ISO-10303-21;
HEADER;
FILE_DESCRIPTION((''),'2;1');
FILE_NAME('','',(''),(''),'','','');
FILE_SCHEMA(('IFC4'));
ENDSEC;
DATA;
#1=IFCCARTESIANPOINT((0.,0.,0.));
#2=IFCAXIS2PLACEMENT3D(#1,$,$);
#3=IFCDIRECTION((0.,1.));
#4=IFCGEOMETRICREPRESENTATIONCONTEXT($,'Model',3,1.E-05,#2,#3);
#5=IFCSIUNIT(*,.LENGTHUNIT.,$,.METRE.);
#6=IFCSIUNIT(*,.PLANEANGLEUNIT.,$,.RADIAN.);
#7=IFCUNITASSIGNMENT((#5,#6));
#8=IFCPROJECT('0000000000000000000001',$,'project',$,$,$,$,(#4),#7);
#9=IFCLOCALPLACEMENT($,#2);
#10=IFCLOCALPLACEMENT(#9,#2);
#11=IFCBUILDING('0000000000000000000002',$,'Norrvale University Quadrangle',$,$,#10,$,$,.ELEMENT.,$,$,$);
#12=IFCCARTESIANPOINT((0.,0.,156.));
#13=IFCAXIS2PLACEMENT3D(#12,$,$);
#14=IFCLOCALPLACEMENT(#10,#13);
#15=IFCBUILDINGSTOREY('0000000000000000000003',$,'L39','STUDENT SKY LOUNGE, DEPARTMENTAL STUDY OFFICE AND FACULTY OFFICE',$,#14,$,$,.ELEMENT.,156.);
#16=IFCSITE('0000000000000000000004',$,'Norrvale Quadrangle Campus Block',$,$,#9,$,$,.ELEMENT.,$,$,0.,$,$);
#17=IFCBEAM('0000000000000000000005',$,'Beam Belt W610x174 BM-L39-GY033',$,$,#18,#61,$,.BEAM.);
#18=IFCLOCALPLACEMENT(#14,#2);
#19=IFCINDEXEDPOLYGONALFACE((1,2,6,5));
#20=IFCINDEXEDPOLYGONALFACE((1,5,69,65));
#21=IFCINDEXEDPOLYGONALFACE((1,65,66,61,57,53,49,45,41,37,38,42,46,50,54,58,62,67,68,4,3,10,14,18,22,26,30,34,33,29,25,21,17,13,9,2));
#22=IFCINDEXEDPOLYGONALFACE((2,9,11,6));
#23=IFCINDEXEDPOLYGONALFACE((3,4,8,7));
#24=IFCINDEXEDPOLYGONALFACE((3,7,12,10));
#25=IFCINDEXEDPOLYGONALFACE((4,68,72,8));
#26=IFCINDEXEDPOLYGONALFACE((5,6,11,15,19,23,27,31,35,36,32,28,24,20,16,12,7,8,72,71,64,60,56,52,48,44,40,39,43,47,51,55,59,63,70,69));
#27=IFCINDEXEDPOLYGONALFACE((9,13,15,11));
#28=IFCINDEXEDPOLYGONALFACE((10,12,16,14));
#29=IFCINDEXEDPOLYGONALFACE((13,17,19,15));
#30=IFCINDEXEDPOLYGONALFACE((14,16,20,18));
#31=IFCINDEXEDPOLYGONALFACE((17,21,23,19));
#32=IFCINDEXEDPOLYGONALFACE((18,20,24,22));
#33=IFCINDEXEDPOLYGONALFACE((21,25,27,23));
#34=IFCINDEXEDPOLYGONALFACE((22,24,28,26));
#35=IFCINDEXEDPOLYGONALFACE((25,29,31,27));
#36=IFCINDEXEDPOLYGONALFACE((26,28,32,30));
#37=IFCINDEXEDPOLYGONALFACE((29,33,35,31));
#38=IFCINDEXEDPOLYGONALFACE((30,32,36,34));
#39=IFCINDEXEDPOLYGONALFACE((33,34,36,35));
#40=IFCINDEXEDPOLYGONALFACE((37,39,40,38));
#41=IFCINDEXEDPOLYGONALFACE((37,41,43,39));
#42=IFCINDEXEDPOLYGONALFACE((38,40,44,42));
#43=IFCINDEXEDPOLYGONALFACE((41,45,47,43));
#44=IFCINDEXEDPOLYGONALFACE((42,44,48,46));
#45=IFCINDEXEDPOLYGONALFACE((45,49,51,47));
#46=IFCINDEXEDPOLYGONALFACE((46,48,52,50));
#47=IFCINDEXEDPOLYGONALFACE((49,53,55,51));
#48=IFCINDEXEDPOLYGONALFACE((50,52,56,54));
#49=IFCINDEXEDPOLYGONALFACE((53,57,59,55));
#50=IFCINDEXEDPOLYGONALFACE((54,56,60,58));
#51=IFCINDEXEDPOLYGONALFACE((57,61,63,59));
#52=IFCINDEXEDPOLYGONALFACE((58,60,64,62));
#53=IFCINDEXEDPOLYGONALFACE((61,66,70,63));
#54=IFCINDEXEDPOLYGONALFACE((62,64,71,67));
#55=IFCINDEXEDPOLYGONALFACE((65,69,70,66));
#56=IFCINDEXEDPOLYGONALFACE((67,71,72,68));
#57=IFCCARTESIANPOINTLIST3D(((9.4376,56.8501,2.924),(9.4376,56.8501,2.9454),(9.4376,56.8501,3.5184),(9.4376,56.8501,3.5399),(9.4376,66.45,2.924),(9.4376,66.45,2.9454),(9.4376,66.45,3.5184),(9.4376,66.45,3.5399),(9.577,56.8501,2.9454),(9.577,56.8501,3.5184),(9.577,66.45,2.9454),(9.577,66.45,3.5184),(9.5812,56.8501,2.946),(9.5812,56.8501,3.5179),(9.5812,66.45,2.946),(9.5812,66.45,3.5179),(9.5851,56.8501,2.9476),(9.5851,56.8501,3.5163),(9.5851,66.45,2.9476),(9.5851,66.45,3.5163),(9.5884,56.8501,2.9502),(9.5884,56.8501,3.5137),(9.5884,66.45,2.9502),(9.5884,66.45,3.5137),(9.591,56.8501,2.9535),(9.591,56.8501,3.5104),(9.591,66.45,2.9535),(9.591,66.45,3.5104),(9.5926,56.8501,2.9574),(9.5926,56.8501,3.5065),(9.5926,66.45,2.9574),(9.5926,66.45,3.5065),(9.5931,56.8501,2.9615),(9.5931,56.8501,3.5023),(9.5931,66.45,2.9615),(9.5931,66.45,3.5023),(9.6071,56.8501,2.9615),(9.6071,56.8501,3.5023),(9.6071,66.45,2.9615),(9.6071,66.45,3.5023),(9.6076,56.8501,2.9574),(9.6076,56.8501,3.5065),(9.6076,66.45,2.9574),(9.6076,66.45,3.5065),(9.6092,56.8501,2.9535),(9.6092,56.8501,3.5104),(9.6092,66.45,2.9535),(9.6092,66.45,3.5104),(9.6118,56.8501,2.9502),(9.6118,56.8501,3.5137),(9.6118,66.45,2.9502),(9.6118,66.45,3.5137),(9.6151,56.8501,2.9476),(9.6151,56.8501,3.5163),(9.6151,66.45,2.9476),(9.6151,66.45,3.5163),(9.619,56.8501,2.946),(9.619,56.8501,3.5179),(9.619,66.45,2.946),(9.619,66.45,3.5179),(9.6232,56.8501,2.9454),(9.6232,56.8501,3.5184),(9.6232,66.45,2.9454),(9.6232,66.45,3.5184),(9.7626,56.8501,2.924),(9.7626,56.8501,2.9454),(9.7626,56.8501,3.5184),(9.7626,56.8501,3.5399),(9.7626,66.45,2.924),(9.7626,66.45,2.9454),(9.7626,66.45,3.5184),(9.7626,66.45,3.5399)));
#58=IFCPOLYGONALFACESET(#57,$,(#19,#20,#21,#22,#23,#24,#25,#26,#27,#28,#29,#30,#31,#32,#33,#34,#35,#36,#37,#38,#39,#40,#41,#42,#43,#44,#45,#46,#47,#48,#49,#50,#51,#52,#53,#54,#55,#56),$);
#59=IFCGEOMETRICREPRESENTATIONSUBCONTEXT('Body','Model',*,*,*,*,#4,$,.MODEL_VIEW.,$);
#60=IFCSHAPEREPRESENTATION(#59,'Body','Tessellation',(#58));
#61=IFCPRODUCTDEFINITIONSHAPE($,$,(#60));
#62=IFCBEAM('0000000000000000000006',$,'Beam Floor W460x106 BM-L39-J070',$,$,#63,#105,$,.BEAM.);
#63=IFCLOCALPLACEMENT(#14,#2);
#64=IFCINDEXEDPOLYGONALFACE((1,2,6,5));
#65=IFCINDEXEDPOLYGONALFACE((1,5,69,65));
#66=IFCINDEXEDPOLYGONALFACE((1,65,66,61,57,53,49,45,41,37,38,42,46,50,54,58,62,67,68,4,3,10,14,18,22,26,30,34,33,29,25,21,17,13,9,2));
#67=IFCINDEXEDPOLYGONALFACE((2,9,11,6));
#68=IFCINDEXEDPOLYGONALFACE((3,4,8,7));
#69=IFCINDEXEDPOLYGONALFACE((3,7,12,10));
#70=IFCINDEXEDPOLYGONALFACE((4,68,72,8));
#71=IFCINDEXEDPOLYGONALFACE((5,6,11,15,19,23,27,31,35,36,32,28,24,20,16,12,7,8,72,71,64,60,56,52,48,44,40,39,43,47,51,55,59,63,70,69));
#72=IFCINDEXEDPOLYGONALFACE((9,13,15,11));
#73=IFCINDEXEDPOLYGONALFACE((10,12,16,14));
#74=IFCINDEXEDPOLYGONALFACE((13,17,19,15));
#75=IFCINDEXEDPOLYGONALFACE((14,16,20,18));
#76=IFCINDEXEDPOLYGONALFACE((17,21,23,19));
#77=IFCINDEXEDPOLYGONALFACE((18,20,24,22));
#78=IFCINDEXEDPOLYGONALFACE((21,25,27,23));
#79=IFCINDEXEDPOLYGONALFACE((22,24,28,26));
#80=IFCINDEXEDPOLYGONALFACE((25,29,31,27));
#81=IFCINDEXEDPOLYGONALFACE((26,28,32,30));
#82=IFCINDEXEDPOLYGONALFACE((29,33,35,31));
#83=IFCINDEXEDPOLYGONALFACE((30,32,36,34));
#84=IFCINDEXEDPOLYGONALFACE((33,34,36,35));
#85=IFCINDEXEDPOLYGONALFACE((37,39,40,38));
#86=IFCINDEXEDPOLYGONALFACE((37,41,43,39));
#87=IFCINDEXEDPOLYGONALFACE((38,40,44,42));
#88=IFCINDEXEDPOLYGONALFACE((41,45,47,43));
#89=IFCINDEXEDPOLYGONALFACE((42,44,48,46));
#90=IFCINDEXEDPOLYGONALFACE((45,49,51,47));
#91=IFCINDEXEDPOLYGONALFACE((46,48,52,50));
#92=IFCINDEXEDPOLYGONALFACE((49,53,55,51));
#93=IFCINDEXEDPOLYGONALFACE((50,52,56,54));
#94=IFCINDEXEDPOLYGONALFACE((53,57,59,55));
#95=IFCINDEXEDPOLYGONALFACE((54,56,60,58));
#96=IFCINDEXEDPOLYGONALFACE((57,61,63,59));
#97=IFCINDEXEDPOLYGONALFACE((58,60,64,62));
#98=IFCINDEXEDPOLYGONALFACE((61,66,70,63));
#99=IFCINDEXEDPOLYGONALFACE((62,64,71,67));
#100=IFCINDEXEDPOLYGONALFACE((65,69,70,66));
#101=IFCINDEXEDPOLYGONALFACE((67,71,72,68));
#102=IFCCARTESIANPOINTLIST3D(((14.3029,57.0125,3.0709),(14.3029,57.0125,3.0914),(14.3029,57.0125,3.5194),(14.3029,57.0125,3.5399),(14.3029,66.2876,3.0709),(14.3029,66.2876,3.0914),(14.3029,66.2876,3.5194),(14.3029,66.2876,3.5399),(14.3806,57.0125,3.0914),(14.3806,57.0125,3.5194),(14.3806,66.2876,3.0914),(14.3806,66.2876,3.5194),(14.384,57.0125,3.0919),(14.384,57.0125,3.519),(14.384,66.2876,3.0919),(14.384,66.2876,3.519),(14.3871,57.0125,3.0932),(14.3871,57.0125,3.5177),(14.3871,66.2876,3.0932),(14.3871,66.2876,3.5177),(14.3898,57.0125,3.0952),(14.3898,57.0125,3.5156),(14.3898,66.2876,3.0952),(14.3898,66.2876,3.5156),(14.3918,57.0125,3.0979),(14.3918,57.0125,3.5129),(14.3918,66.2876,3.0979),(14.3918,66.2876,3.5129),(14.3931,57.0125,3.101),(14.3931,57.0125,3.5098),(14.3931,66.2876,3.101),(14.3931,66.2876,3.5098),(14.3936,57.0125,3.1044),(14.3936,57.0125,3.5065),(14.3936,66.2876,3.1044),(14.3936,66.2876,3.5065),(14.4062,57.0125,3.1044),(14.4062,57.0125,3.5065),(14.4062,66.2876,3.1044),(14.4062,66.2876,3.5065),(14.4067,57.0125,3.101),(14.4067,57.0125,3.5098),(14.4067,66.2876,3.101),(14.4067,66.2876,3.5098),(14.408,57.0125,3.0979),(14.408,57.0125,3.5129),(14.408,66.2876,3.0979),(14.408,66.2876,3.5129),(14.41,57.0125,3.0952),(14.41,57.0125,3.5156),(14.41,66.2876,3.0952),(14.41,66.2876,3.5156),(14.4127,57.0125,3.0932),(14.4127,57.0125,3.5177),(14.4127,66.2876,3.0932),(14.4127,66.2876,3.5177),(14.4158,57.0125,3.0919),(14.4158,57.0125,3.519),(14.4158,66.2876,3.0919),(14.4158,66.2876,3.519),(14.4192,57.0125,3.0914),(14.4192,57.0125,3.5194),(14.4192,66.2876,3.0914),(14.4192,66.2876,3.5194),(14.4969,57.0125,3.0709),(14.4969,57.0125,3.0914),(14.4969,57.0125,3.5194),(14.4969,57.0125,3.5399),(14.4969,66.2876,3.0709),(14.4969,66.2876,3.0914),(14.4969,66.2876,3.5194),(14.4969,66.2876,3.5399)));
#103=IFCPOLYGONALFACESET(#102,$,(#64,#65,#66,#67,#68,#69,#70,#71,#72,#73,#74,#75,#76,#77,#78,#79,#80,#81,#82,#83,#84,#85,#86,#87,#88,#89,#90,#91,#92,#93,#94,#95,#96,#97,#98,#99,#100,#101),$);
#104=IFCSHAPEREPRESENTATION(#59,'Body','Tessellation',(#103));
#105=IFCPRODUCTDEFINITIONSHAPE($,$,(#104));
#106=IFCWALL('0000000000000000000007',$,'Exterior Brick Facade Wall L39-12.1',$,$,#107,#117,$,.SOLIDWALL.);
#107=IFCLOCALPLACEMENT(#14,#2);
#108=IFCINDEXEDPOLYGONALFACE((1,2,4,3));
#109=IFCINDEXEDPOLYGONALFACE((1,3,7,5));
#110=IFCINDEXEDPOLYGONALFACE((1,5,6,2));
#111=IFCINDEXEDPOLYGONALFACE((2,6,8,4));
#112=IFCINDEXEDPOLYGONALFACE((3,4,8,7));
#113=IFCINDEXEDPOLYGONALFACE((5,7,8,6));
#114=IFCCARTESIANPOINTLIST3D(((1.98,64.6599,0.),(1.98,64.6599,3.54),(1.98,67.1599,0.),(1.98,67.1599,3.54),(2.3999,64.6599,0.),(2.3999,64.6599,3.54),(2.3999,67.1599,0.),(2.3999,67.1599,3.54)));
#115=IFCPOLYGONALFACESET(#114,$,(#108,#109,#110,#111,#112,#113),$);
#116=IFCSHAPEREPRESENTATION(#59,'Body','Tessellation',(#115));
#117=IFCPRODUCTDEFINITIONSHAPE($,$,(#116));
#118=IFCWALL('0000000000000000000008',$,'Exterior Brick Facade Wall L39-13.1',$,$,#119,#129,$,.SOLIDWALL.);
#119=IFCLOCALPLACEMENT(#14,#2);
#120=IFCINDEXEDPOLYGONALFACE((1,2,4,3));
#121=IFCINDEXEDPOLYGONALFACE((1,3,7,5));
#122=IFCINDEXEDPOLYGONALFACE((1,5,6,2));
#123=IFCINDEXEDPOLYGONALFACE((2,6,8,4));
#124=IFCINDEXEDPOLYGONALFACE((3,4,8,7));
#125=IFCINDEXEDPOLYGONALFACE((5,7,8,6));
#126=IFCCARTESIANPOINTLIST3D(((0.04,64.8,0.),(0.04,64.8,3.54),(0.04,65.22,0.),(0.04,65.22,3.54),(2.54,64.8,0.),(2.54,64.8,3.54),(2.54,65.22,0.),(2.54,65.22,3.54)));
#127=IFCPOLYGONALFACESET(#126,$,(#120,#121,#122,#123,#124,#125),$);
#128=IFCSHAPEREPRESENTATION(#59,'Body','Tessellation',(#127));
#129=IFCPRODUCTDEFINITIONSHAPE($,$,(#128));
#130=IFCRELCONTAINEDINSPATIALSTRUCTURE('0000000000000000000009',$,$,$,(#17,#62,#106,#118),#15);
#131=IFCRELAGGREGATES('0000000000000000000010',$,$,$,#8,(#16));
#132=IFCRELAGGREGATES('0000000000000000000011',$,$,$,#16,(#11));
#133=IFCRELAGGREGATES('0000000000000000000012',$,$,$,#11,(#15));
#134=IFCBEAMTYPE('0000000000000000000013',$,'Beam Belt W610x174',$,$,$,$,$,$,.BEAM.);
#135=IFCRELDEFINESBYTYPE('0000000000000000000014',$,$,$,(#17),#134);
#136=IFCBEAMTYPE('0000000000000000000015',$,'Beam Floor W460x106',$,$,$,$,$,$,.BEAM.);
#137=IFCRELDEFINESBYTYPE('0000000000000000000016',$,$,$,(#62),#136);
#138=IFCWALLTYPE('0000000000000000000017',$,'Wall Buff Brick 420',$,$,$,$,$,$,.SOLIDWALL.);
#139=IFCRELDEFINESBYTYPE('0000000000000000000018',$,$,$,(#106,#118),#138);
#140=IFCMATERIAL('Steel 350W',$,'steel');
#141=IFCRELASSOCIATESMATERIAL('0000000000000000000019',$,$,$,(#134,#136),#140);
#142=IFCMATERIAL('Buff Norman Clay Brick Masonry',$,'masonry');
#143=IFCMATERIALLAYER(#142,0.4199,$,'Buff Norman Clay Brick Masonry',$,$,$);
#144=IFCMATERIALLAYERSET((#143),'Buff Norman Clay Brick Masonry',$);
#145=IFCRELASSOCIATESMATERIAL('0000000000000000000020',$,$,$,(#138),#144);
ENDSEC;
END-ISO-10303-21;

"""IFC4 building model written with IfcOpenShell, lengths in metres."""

from ifc_helpers import new_model, si_unit, direction, frame, frame_2d, origin, origin_2d, place, context, subcontext, project, spatial, rectangle, i_section, extrude, material, layer, layer_set, material_profile, profile_set, type_object, element, save


model = new_model("IFC4")

# Units and contexts
model_context = context("Model", 3, precision=1e-05, world=origin(), true_north=direction((0.0, 1.0)))
body_context = subcontext(model_context, "Body", "Model", "MODEL_VIEW")
ifc_project = project(units=[si_unit("LENGTHUNIT", "METRE"), si_unit("PLANEANGLEUNIT", "RADIAN")], contexts=[model_context])

# Site, building, storey
site_placement = place(None, origin())
site = spatial("IfcSite", under=ifc_project, at=site_placement, Name="Norrvale Quadrangle Campus Block", CompositionType="ELEMENT", RefElevation=0.0)
building_placement = place(site_placement, origin())
building = spatial("IfcBuilding", under=site, at=building_placement, Name="Norrvale University Quadrangle", CompositionType="ELEMENT")
storey_placement = place(building_placement, frame((0.0, 0.0, 156.0)))
storey = spatial("IfcBuildingStorey", under=building, at=storey_placement, Name="L39", Description="STUDENT SKY LOUNGE, DEPARTMENTAL STUDY OFFICE AND FACULTY OFFICE", CompositionType="ELEMENT", Elevation=156.0)

# Beams
ifc_material_1 = material(Name="Steel 350W", Category="steel")
ifc_material_profile_1 = material_profile(ifc_material_1, i_section(OverallWidth=0.325, OverallDepth=0.616, WebThickness=0.0139, FlangeThickness=0.0215, FilletRadius=0.0161, at=origin_2d()), Name="Steel 350W")
ifc_profile_set_1 = profile_set([ifc_material_profile_1], Name="Steel 350W")
beam_type_1 = type_object("IfcBeamType", Name="Beam Belt W610x174", PredefinedType="BEAM", material=ifc_profile_set_1)
for number, where, z_axis, x_axis, name in (
    (1, (9.6001, 56.8501, 3.2319), (0.0, 1.0, 0.0), (-1.0, 0.0, 0.0), "Beam Belt W610x174 BM-L39-GY033"),
):
    element("IfcBeam", number, at=place(storey_placement, frame(where, z_axis=z_axis, x_axis=x_axis)), inside=storey, type_object=beam_type_1, Name=name, PredefinedType="BEAM", context=body_context, shape_type="SweptSolid", body=[
        extrude(i_section(OverallWidth=0.325, OverallDepth=0.616, WebThickness=0.0139, FlangeThickness=0.0215, FilletRadius=0.0161, at=origin_2d()), origin(), (0.0, 0.0, 1.0), 9.5999),
    ])
ifc_material_profile_2 = material_profile(ifc_material_1, i_section(OverallWidth=0.1941, OverallDepth=0.469, WebThickness=0.0127, FlangeThickness=0.0205, FilletRadius=0.0129, at=origin_2d()), Name="Steel 350W")
ifc_profile_set_2 = profile_set([ifc_material_profile_2], Name="Steel 350W")
beam_type_2 = type_object("IfcBeamType", Name="Beam Floor W460x106", PredefinedType="BEAM", material=ifc_profile_set_2)
beam_1_placement = place(storey_placement, frame((14.3999, 57.0125, 3.3054), z_axis=(0.0, 1.0, 0.0), x_axis=(-1.0, 0.0, 0.0)))
element("IfcBeam", 2, at=beam_1_placement, inside=storey, type_object=beam_type_2, Name="Beam Floor W460x106 BM-L39-J070", PredefinedType="BEAM", context=body_context, shape_type="SweptSolid", body=[
    extrude(i_section(OverallWidth=0.1941, OverallDepth=0.469, WebThickness=0.0127, FlangeThickness=0.0205, FilletRadius=0.0129, at=origin_2d()), origin(), (0.0, 0.0, 1.0), 9.2751),
])

# Walls
ifc_material_2 = material(Name="Buff Norman Clay Brick Masonry", Category="masonry")
ifc_layer = layer(ifc_material_2, 0.4199, Name="Buff Norman Clay Brick Masonry")
ifc_layer_set = layer_set([ifc_layer], Name="Buff Norman Clay Brick Masonry")
wall_type = type_object("IfcWallType", Name="Wall Buff Brick 420", PredefinedType="SOLIDWALL", material=ifc_layer_set)
for number, where, z_axis, x_axis, name in (
    (3, (2.1899, 67.1599, 0.0), (0.0, 0.0, 1.0), (0.0, -1.0, 0.0), "Exterior Brick Facade Wall L39-12.1"),
    (4, (2.54, 65.01, 0.0), (0.0, 0.0, 1.0), (-1.0, 0.0, 0.0), "Exterior Brick Facade Wall L39-13.1"),
):
    element("IfcWall", number, at=place(storey_placement, frame(where, z_axis=z_axis, x_axis=x_axis)), inside=storey, type_object=wall_type, Name=name, PredefinedType="SOLIDWALL", context=body_context, shape_type="SweptSolid", body=[
        extrude(rectangle(XDim=2.5, YDim=0.4199, at=frame_2d((1.25, 0.0))), origin(), (0.0, 0.0, 1.0), 3.54),
    ])

save(model, "model.ifc")
